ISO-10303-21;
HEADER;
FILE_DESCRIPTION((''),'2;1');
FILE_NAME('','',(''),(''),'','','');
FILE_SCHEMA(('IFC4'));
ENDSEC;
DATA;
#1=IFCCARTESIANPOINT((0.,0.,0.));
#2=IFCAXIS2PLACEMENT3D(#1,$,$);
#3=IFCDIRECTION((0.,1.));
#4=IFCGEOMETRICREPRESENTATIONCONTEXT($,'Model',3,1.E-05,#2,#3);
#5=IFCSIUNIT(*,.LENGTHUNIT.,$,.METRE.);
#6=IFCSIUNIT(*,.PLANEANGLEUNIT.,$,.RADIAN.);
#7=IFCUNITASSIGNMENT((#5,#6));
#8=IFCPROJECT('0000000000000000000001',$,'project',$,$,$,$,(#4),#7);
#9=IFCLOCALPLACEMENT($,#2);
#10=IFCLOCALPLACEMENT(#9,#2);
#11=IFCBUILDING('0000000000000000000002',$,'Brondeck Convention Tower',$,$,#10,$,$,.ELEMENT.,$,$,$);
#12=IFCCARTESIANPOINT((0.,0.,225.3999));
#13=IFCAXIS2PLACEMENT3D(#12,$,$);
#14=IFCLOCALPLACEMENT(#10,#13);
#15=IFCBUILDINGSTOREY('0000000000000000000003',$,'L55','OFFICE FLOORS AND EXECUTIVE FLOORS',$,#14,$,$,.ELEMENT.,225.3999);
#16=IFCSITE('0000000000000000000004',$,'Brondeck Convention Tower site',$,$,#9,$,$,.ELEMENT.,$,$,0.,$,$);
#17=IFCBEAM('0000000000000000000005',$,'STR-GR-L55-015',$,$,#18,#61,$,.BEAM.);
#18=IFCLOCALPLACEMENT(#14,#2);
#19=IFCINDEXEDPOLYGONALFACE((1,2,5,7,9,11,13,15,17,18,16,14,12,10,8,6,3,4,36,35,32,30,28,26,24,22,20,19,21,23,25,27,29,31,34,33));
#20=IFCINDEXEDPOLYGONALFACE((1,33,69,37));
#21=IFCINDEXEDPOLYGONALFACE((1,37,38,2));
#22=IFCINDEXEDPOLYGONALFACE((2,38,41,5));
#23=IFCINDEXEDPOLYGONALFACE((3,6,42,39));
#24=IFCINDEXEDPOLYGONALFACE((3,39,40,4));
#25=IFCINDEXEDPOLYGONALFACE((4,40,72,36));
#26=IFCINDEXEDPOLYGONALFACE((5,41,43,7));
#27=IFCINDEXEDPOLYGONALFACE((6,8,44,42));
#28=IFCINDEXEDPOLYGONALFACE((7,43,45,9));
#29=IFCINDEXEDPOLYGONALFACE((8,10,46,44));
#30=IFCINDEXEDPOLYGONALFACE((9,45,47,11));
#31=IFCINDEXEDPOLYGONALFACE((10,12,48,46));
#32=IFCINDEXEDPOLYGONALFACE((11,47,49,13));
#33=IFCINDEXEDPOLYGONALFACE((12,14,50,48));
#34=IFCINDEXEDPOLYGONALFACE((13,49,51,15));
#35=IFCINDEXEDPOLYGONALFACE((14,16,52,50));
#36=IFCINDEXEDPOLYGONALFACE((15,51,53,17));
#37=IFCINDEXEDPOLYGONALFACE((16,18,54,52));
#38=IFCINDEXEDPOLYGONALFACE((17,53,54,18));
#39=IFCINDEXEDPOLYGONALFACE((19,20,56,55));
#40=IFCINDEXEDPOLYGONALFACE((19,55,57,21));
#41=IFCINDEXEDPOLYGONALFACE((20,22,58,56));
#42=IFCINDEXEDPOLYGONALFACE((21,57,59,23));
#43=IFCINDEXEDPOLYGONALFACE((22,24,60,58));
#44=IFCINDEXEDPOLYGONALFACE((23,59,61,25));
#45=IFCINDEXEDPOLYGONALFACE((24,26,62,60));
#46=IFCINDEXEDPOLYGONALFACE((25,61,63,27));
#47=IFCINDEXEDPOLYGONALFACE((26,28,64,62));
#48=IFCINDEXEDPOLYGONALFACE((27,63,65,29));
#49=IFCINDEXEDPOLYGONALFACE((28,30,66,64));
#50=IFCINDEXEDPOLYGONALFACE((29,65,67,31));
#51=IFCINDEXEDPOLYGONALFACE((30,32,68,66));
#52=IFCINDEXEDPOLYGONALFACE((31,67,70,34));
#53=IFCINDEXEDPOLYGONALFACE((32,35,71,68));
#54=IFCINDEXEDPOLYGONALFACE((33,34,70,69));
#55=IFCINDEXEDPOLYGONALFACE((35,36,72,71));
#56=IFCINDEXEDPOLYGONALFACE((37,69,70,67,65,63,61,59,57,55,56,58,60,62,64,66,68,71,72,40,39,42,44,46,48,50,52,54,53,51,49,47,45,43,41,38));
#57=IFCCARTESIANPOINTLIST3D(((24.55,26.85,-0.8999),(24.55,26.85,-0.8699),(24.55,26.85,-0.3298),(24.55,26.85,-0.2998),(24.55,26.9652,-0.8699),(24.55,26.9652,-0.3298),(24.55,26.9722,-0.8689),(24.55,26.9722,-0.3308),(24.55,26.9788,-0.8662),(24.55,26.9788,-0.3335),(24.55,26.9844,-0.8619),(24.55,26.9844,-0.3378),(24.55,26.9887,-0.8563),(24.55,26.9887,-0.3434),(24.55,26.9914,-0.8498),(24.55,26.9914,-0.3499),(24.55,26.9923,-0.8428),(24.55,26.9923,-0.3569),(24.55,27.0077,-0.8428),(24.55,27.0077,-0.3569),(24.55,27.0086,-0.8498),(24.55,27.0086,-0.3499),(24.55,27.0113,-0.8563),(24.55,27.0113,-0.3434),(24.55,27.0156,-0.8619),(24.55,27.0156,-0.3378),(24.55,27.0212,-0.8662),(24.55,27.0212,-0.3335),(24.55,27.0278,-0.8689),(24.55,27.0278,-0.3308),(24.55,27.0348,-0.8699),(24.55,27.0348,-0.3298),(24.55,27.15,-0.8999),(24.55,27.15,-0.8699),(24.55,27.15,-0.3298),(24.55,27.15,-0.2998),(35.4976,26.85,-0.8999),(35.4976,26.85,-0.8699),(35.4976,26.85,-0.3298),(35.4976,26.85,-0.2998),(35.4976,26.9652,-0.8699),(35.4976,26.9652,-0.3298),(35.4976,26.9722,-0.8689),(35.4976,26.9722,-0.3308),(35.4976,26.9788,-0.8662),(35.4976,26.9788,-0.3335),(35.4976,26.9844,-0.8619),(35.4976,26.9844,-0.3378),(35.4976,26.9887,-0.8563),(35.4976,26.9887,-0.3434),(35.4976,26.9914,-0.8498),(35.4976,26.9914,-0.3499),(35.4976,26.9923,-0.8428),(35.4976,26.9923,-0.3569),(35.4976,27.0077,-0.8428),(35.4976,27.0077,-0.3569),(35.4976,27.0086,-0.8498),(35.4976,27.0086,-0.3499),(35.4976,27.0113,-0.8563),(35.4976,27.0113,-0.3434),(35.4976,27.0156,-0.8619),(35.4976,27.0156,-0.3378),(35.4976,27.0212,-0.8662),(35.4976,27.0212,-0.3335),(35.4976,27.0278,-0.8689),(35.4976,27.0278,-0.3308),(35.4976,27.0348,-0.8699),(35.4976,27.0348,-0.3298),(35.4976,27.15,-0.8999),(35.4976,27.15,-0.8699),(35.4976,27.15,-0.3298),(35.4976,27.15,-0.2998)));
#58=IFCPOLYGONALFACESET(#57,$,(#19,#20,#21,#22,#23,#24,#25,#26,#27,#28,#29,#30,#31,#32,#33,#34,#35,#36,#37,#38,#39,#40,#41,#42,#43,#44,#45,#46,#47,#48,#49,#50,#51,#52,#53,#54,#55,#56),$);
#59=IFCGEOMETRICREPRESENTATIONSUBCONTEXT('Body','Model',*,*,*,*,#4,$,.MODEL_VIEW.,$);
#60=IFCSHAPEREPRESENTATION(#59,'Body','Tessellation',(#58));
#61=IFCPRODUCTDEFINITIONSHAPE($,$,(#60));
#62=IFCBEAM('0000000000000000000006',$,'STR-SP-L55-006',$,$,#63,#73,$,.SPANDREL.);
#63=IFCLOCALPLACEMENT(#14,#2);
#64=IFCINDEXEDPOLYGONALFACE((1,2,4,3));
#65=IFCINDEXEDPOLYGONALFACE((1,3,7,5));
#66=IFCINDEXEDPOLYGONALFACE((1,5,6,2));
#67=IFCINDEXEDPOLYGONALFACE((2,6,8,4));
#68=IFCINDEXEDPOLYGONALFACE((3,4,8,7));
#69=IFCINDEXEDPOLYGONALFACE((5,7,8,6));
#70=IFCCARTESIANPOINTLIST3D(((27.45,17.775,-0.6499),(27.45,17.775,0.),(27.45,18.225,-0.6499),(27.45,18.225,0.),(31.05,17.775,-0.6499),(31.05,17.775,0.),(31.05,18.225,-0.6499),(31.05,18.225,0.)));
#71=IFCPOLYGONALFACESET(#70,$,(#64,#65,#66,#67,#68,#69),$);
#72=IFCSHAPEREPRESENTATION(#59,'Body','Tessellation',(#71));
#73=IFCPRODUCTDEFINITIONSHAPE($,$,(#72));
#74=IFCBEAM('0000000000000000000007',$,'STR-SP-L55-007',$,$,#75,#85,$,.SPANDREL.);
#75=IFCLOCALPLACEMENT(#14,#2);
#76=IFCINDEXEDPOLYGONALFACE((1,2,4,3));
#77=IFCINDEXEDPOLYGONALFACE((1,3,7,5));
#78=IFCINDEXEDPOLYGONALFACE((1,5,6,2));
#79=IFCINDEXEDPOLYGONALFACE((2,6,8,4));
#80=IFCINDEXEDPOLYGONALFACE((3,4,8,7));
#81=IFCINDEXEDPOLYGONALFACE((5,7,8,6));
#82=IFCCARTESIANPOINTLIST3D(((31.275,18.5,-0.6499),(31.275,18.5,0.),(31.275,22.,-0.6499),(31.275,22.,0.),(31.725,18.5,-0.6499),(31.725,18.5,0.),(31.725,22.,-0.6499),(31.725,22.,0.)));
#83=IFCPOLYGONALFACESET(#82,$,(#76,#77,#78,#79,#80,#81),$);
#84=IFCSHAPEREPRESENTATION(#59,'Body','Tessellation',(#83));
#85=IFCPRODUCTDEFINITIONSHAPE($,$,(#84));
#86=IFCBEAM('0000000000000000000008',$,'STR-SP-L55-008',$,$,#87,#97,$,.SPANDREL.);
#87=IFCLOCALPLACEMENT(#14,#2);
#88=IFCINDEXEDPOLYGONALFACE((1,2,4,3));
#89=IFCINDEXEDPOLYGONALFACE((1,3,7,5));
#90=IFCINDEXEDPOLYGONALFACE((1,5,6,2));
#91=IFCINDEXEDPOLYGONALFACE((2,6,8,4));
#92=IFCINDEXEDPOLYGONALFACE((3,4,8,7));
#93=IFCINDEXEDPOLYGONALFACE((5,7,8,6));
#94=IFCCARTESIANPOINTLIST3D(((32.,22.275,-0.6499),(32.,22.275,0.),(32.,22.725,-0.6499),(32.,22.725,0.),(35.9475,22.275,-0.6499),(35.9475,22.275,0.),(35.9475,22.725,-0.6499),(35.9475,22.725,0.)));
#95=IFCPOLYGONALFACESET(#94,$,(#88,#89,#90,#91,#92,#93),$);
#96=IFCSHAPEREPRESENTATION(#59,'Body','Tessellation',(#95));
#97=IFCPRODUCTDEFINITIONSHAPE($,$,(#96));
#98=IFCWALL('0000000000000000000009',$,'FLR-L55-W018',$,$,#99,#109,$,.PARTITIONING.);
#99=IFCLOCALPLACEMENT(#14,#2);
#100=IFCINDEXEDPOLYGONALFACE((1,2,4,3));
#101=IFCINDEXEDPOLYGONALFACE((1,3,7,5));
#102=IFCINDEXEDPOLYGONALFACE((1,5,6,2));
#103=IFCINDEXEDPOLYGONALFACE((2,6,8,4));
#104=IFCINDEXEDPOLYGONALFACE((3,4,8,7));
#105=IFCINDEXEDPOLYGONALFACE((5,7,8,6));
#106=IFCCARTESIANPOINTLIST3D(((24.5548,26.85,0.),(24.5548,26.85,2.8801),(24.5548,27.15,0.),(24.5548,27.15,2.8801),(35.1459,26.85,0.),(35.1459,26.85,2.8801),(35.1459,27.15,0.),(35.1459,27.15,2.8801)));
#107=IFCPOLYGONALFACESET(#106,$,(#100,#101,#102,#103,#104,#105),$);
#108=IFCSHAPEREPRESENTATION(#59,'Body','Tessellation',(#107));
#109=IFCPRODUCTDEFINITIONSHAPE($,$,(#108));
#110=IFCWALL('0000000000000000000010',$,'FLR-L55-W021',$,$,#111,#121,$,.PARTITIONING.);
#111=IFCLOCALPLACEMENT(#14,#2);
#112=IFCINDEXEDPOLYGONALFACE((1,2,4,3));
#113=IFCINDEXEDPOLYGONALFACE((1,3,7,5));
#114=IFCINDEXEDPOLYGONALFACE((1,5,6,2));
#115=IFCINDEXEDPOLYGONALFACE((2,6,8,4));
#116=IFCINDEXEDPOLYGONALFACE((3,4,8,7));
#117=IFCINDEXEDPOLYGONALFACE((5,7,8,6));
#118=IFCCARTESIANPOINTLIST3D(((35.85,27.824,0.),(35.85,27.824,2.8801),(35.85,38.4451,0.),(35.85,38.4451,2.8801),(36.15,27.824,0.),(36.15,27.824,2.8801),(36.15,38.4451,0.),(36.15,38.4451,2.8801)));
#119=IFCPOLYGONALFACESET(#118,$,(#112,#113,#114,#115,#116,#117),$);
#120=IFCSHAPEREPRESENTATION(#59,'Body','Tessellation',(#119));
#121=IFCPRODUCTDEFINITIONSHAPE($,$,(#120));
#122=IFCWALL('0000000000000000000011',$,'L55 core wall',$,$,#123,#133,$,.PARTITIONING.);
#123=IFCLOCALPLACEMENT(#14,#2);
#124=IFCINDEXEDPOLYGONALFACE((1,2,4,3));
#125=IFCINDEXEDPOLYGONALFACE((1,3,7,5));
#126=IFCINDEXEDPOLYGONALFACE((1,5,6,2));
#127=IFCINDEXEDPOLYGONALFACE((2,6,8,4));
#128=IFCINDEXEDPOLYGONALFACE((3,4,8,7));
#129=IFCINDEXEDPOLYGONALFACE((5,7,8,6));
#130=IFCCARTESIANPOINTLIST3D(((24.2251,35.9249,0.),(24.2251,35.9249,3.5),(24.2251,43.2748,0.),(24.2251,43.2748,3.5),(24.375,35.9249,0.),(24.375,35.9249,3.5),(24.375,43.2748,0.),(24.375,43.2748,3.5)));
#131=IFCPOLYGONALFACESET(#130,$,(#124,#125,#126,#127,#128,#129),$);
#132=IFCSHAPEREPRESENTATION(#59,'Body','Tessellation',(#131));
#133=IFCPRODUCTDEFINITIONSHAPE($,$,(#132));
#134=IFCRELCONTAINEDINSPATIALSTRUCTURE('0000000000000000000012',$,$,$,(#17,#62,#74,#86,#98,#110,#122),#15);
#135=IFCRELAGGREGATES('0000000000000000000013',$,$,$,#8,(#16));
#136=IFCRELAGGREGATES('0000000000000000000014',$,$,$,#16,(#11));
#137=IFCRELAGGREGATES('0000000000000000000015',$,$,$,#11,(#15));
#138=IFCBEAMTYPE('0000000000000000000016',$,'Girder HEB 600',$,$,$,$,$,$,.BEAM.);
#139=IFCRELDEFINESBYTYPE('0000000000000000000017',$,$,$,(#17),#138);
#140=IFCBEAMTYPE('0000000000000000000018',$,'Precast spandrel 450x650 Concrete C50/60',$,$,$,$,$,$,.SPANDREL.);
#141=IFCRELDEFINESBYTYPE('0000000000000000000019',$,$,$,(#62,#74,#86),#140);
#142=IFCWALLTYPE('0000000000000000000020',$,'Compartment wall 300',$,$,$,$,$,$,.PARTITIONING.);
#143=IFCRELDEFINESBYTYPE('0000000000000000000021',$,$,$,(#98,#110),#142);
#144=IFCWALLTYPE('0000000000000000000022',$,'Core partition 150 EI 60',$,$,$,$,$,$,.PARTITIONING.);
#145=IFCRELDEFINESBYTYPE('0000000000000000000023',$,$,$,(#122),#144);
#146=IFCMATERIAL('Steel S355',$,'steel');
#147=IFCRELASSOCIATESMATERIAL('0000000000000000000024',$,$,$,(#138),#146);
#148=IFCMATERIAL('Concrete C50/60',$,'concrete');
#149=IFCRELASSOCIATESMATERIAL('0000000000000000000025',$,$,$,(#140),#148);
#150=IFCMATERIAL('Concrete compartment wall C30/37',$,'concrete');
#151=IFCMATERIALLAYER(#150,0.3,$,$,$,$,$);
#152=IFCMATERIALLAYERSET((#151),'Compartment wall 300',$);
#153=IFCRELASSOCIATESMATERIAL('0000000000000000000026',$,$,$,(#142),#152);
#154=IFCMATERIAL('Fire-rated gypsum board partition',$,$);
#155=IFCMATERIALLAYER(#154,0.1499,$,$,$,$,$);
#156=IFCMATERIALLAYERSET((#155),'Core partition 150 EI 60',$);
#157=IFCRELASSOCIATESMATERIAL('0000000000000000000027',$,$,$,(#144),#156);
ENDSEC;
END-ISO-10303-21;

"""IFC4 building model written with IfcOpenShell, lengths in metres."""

from ifc_helpers import new_model, si_unit, direction, frame, frame_2d, origin, origin_2d, place, context, subcontext, project, spatial, rectangle, i_section, extrude, material, layer, layer_set, material_profile, profile_set, type_object, element, save


model = new_model("IFC4")

# Units and contexts
model_context = context("Model", 3, precision=1e-05, world=origin(), true_north=direction((0.0, 1.0)))
body_context = subcontext(model_context, "Body", "Model", "MODEL_VIEW")
ifc_project = project(units=[si_unit("LENGTHUNIT", "METRE"), si_unit("PLANEANGLEUNIT", "RADIAN")], contexts=[model_context])

# Site, building, storey
site_placement = place(None, origin())
site = spatial("IfcSite", under=ifc_project, at=site_placement, Name="Brondeck Convention Tower site", CompositionType="ELEMENT", RefElevation=0.0)
building_placement = place(site_placement, origin())
building = spatial("IfcBuilding", under=site, at=building_placement, Name="Brondeck Convention Tower", CompositionType="ELEMENT")
storey_placement = place(building_placement, frame((0.0, 0.0, 225.3999)))
storey = spatial("IfcBuildingStorey", under=building, at=storey_placement, Name="L55", Description="OFFICE FLOORS AND EXECUTIVE FLOORS", CompositionType="ELEMENT", Elevation=225.3999)

# Shared definitions
ifc_material_1 = material(Name="Concrete C50/60", Category="concrete")

# Beams
ifc_material_2 = material(Name="Steel S355", Category="steel")
ifc_material_profile_1 = material_profile(ifc_material_2, i_section(OverallWidth=0.3, OverallDepth=0.6001, WebThickness=0.0154, FlangeThickness=0.03, FilletRadius=0.0271, at=origin_2d()), Name="HEB 600")
ifc_profile_set_1 = profile_set([ifc_material_profile_1], Name="Steel S355")
beam_type_1 = type_object("IfcBeamType", Name="Girder HEB 600", PredefinedType="BEAM", material=ifc_profile_set_1)
beam_1_placement = place(storey_placement, frame((24.55, 27.0, -0.5999), z_axis=(1.0, 0.0, 0.0), x_axis=(0.0, 1.0, 0.0)))
element("IfcBeam", 1, at=beam_1_placement, inside=storey, type_object=beam_type_1, Name="STR-GR-L55-015", PredefinedType="BEAM", context=body_context, shape_type="SweptSolid", body=[
    extrude(i_section(OverallWidth=0.3, OverallDepth=0.6001, WebThickness=0.0154, FlangeThickness=0.03, FilletRadius=0.0271, at=origin_2d()), origin(), (0.0, 0.0, 1.0), 10.9475),
])
ifc_material_profile_2 = material_profile(ifc_material_1, rectangle(XDim=0.45, YDim=0.6499, at=origin_2d()), Name="Precast spandrel 450x650 Concrete C50/60")
ifc_profile_set_2 = profile_set([ifc_material_profile_2], Name="Concrete C50/60")
beam_type_2 = type_object("IfcBeamType", Name="Precast spandrel 450x650 Concrete C50/60", PredefinedType="SPANDREL", material=ifc_profile_set_2)
beam_2_placement = place(storey_placement, frame((27.45, 18.0, -0.325), z_axis=(1.0, 0.0, 0.0), x_axis=(0.0, 1.0, 0.0)))
element("IfcBeam", 2, at=beam_2_placement, inside=storey, type_object=beam_type_2, Name="STR-SP-L55-006", PredefinedType="SPANDREL", context=body_context, shape_type="SweptSolid", body=[
    extrude(rectangle(XDim=0.45, YDim=0.6499, at=origin_2d()), origin(), (0.0, 0.0, 1.0), 3.6001),
])
beam_3_placement = place(storey_placement, frame((31.5, 18.5, -0.325), z_axis=(0.0, 1.0, 0.0), x_axis=(-1.0, 0.0, 0.0)))
element("IfcBeam", 3, at=beam_3_placement, inside=storey, type_object=beam_type_2, Name="STR-SP-L55-007", PredefinedType="SPANDREL", context=body_context, shape_type="SweptSolid", body=[
    extrude(rectangle(XDim=0.45, YDim=0.6499, at=origin_2d()), origin(), (0.0, 0.0, 1.0), 3.5),
])
beam_4_placement = place(storey_placement, frame((32.0, 22.5, -0.325), z_axis=(1.0, 0.0, 0.0), x_axis=(0.0, 1.0, 0.0)))
element("IfcBeam", 4, at=beam_4_placement, inside=storey, type_object=beam_type_2, Name="STR-SP-L55-008", PredefinedType="SPANDREL", context=body_context, shape_type="SweptSolid", body=[
    extrude(rectangle(XDim=0.45, YDim=0.6499, at=origin_2d()), origin(), (0.0, 0.0, 1.0), 3.9475),
])

# Walls
ifc_material_3 = material(Name="Concrete compartment wall C30/37", Category="concrete")
ifc_layer_1 = layer(ifc_material_3, 0.3)
ifc_layer_set_1 = layer_set([ifc_layer_1], Name="Compartment wall 300")
wall_type_1 = type_object("IfcWallType", Name="Compartment wall 300", PredefinedType="PARTITIONING", material=ifc_layer_set_1)
wall_1_placement = place(storey_placement, frame((24.5549, 27.0, 0.0), z_axis=(0.0, 0.0, 1.0), x_axis=(1.0, 0.0, 0.0)))
element("IfcWall", 5, at=wall_1_placement, inside=storey, type_object=wall_type_1, Name="FLR-L55-W018", PredefinedType="PARTITIONING", context=body_context, shape_type="SweptSolid", body=[
    extrude(rectangle(XDim=10.5911, YDim=0.3, at=frame_2d((5.2954, 0.0))), origin(), (0.0, 0.0, 1.0), 2.8801),
])
wall_2_placement = place(storey_placement, frame((36.0, 27.824, 0.0), z_axis=(0.0, 0.0, 1.0), x_axis=(0.0, 1.0, 0.0)))
element("IfcWall", 6, at=wall_2_placement, inside=storey, type_object=wall_type_1, Name="FLR-L55-W021", PredefinedType="PARTITIONING", context=body_context, shape_type="SweptSolid", body=[
    extrude(rectangle(XDim=10.6211, YDim=0.3, at=frame_2d((5.3105, 0.0))), origin(), (0.0, 0.0, 1.0), 2.8801),
])
ifc_material_4 = material(Name="Fire-rated gypsum board partition")
ifc_layer_2 = layer(ifc_material_4, 0.1499)
ifc_layer_set_2 = layer_set([ifc_layer_2], Name="Core partition 150 EI 60")
wall_type_2 = type_object("IfcWallType", Name="Core partition 150 EI 60", PredefinedType="PARTITIONING", material=ifc_layer_set_2)
wall_3_placement = place(storey_placement, frame((24.3, 35.925, 0.0), z_axis=(0.0, 0.0, 1.0), x_axis=(0.0, 1.0, 0.0)))
element("IfcWall", 7, at=wall_3_placement, inside=storey, type_object=wall_type_2, Name="L55 core wall", PredefinedType="PARTITIONING", context=body_context, shape_type="SweptSolid", body=[
    extrude(rectangle(XDim=7.3499, YDim=0.1499, at=frame_2d((3.6748, 0.0))), origin(), (0.0, 0.0, 1.0), 3.5),
])

save(model, "model.ifc")
